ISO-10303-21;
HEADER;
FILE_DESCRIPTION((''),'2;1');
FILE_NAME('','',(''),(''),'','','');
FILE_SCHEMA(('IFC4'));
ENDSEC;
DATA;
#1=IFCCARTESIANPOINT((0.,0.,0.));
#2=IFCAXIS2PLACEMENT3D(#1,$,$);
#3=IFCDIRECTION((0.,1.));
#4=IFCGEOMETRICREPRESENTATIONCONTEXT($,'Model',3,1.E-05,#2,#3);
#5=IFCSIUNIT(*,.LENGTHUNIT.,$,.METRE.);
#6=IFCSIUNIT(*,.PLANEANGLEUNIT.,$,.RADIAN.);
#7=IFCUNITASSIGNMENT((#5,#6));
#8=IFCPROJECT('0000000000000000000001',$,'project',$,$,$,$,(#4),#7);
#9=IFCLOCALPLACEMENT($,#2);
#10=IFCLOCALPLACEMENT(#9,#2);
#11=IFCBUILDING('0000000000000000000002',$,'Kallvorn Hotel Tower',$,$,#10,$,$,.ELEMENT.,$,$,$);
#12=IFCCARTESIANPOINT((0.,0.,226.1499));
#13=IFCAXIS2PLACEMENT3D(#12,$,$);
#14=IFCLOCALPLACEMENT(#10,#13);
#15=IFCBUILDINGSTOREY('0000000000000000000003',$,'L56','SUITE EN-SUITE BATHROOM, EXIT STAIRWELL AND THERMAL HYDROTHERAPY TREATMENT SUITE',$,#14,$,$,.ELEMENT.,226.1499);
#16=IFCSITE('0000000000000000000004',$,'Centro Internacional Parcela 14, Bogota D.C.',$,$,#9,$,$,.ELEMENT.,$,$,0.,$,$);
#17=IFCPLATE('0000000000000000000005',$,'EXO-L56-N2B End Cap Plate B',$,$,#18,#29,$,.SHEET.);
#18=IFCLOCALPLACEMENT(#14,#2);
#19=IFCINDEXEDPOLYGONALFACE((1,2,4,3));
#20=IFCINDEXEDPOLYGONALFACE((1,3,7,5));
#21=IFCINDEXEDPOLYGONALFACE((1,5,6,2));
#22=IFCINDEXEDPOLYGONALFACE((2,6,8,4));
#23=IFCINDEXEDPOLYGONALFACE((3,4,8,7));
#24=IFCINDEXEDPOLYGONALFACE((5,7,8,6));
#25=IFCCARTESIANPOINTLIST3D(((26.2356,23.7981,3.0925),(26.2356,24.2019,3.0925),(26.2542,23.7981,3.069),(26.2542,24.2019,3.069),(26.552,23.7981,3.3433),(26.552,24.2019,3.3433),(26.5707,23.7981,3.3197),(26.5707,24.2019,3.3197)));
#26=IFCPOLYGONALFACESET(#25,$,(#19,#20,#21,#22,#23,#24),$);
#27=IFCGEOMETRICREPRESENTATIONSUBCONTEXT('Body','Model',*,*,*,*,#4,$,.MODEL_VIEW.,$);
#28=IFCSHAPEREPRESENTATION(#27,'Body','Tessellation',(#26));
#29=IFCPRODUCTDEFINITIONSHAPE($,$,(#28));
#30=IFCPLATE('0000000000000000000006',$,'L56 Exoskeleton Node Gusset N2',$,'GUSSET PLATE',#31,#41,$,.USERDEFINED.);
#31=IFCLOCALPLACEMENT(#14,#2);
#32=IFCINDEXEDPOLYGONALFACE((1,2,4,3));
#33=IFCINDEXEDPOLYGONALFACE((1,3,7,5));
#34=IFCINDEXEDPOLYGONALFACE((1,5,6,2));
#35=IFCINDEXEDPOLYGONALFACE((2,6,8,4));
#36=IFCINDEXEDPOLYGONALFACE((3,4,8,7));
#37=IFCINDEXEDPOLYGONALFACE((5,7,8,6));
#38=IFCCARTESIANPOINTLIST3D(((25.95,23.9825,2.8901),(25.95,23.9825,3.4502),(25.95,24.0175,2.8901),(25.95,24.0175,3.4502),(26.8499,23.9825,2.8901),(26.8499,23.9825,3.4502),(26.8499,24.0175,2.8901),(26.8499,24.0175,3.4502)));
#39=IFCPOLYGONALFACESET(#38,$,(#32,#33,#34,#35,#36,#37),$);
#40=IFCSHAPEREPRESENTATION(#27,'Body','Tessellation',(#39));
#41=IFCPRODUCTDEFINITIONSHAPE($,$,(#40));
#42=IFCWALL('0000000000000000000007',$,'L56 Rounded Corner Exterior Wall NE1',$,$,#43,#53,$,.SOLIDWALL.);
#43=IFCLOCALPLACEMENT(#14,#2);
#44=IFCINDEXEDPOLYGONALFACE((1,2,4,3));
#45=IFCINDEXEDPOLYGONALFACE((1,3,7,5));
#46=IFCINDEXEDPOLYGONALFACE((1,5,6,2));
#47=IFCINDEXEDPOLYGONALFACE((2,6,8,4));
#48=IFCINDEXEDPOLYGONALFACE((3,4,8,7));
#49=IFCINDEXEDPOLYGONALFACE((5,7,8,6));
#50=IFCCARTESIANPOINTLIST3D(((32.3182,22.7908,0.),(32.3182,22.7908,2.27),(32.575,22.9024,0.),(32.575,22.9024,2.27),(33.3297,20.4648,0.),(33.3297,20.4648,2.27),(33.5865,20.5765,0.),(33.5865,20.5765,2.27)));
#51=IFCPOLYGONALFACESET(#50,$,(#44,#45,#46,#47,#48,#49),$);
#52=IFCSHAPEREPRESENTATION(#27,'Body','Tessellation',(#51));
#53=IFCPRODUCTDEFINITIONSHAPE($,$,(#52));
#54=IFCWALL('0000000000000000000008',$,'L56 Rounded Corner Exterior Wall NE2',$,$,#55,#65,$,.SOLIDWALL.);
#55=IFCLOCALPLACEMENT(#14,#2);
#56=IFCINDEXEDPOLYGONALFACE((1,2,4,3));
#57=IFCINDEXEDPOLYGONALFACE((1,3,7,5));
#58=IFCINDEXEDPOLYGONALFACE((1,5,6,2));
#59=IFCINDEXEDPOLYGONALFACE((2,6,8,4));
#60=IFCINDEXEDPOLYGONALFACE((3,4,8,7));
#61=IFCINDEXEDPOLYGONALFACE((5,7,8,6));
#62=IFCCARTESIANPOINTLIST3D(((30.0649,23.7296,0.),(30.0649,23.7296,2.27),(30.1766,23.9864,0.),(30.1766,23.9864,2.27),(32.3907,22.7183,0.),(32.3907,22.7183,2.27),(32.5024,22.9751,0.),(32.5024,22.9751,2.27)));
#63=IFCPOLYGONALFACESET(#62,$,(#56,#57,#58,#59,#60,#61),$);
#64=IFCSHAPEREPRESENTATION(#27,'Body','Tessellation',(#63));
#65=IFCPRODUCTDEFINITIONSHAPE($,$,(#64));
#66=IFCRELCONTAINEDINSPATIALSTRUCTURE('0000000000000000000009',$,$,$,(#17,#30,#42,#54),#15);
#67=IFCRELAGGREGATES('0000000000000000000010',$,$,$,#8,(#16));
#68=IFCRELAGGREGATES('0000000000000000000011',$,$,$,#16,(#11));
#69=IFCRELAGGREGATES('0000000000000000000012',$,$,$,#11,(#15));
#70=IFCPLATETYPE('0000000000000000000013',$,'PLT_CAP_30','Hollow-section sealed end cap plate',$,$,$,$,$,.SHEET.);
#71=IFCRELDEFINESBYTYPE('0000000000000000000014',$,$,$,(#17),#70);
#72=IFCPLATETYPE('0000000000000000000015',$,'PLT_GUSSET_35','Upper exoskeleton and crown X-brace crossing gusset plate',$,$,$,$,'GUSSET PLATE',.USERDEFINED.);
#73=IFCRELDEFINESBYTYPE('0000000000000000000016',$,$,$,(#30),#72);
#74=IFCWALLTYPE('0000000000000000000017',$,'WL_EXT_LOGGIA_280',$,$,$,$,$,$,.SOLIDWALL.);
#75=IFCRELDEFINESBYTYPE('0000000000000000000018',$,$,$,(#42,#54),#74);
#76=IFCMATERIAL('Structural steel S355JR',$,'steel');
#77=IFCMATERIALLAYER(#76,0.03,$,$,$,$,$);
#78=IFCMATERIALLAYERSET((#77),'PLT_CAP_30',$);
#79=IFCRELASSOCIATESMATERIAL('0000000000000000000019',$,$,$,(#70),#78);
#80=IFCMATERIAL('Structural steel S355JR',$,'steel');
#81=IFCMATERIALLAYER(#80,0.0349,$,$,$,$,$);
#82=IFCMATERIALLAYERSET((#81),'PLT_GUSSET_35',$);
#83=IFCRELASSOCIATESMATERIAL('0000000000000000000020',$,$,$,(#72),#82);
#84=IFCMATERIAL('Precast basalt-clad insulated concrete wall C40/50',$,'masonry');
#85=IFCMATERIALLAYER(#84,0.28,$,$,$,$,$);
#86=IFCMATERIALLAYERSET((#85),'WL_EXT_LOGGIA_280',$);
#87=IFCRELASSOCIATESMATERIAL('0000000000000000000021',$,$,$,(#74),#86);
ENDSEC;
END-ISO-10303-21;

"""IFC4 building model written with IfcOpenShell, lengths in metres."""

from ifc_helpers import new_model, si_unit, direction, frame, frame_2d, origin, origin_2d, place, context, subcontext, project, spatial, polyline, rectangle, outline, extrude, material, layer, layer_set, type_object, element, save


model = new_model("IFC4")

# Units and contexts
model_context = context("Model", 3, precision=1e-05, world=origin(), true_north=direction((0.0, 1.0)))
body_context = subcontext(model_context, "Body", "Model", "MODEL_VIEW")
ifc_project = project(units=[si_unit("LENGTHUNIT", "METRE"), si_unit("PLANEANGLEUNIT", "RADIAN")], contexts=[model_context])

# Site, building, storey
site_placement = place(None, origin())
site = spatial("IfcSite", under=ifc_project, at=site_placement, Name="Centro Internacional Parcela 14, Bogota D.C.", CompositionType="ELEMENT", RefElevation=0.0)
building_placement = place(site_placement, origin())
building = spatial("IfcBuilding", under=site, at=building_placement, Name="Kallvorn Hotel Tower", CompositionType="ELEMENT")
storey_placement = place(building_placement, frame((0.0, 0.0, 226.1499)))
storey = spatial("IfcBuildingStorey", under=building, at=storey_placement, Name="L56", Description="SUITE EN-SUITE BATHROOM, EXIT STAIRWELL AND THERMAL HYDROTHERAPY TREATMENT SUITE", CompositionType="ELEMENT", Elevation=226.1499)

# Plates
ifc_material_1 = material(Name="Structural steel S355JR", Category="steel")
ifc_layer_1 = layer(ifc_material_1, 0.03)
ifc_layer_set_1 = layer_set([ifc_layer_1], Name="PLT_CAP_30")
plate_type_1 = type_object("IfcPlateType", Name="PLT_CAP_30", Description="Hollow-section sealed end cap plate", PredefinedType="SHEET", material=ifc_layer_set_1)
plate_1_placement = place(storey_placement, frame((26.2356, 24.2019, 3.0925), z_axis=(-0.621075, 0.0, 0.783751), x_axis=(0.0, -1.0, 0.0)))
element("IfcPlate", 1, at=plate_1_placement, inside=storey, type_object=plate_type_1, Name="EXO-L56-N2B End Cap Plate B", PredefinedType="SHEET", context=body_context, shape_type="SweptSolid", body=[
    extrude(outline(polyline([(0.0, 0.0), (0.4038, 0.0), (0.4038, 0.4037), (0.0, 0.4037), (0.0, 0.0)])), origin(), (0.0, 0.0, -1.0), 0.03),
])
ifc_material_2 = material(Name="Structural steel S355JR", Category="steel")
ifc_layer_2 = layer(ifc_material_2, 0.0349)
ifc_layer_set_2 = layer_set([ifc_layer_2], Name="PLT_GUSSET_35")
plate_type_2 = type_object("IfcPlateType", Name="PLT_GUSSET_35", Description="Upper exoskeleton and crown X-brace crossing gusset plate", ElementType="GUSSET PLATE", PredefinedType="USERDEFINED", material=ifc_layer_set_2)
plate_2_placement = place(storey_placement, frame((26.3999, 24.0, 2.8901), z_axis=(0.0, 0.0, 1.0), x_axis=(1.0, 0.0, 0.0)))
element("IfcPlate", 2, at=plate_2_placement, inside=storey, type_object=plate_type_2, Name="L56 Exoskeleton Node Gusset N2", ObjectType="GUSSET PLATE", PredefinedType="USERDEFINED", context=body_context, shape_type="SweptSolid", body=[
    extrude(rectangle(XDim=0.8999, YDim=0.0349, at=origin_2d()), origin(), (0.0, 0.0, 1.0), 0.5601),
])

# Walls
ifc_material_3 = material(Name="Precast basalt-clad insulated concrete wall C40/50", Category="masonry")
ifc_layer_3 = layer(ifc_material_3, 0.28)
ifc_layer_set_3 = layer_set([ifc_layer_3], Name="WL_EXT_LOGGIA_280")
wall_type = type_object("IfcWallType", Name="WL_EXT_LOGGIA_280", PredefinedType="SOLIDWALL", material=ifc_layer_set_3)
wall_1_placement = place(storey_placement, frame((33.458, 20.5208, 0.0), z_axis=(0.0, 0.0, 1.0), x_axis=(-0.398793, 0.917041, 0.0)))
element("IfcWall", 3, at=wall_1_placement, inside=storey, type_object=wall_type, Name="L56 Rounded Corner Exterior Wall NE1", PredefinedType="SOLIDWALL", context=body_context, shape_type="SweptSolid", body=[
    extrude(rectangle(XDim=2.5364, YDim=0.28, at=frame_2d((1.2681, 0.0))), origin(), (0.0, 0.0, 1.0), 2.27),
])
wall_2_placement = place(storey_placement, frame((32.4465, 22.8467, 0.0), z_axis=(0.0, 0.0, 1.0), x_axis=(-0.917061, 0.398747, 0.0)))
element("IfcWall", 4, at=wall_2_placement, inside=storey, type_object=wall_type, Name="L56 Rounded Corner Exterior Wall NE2", PredefinedType="SOLIDWALL", context=body_context, shape_type="SweptSolid", body=[
    extrude(rectangle(XDim=2.5361, YDim=0.28, at=frame_2d((1.2681, 0.0))), origin(), (0.0, 0.0, 1.0), 2.27),
])

save(model, "model.ifc")
